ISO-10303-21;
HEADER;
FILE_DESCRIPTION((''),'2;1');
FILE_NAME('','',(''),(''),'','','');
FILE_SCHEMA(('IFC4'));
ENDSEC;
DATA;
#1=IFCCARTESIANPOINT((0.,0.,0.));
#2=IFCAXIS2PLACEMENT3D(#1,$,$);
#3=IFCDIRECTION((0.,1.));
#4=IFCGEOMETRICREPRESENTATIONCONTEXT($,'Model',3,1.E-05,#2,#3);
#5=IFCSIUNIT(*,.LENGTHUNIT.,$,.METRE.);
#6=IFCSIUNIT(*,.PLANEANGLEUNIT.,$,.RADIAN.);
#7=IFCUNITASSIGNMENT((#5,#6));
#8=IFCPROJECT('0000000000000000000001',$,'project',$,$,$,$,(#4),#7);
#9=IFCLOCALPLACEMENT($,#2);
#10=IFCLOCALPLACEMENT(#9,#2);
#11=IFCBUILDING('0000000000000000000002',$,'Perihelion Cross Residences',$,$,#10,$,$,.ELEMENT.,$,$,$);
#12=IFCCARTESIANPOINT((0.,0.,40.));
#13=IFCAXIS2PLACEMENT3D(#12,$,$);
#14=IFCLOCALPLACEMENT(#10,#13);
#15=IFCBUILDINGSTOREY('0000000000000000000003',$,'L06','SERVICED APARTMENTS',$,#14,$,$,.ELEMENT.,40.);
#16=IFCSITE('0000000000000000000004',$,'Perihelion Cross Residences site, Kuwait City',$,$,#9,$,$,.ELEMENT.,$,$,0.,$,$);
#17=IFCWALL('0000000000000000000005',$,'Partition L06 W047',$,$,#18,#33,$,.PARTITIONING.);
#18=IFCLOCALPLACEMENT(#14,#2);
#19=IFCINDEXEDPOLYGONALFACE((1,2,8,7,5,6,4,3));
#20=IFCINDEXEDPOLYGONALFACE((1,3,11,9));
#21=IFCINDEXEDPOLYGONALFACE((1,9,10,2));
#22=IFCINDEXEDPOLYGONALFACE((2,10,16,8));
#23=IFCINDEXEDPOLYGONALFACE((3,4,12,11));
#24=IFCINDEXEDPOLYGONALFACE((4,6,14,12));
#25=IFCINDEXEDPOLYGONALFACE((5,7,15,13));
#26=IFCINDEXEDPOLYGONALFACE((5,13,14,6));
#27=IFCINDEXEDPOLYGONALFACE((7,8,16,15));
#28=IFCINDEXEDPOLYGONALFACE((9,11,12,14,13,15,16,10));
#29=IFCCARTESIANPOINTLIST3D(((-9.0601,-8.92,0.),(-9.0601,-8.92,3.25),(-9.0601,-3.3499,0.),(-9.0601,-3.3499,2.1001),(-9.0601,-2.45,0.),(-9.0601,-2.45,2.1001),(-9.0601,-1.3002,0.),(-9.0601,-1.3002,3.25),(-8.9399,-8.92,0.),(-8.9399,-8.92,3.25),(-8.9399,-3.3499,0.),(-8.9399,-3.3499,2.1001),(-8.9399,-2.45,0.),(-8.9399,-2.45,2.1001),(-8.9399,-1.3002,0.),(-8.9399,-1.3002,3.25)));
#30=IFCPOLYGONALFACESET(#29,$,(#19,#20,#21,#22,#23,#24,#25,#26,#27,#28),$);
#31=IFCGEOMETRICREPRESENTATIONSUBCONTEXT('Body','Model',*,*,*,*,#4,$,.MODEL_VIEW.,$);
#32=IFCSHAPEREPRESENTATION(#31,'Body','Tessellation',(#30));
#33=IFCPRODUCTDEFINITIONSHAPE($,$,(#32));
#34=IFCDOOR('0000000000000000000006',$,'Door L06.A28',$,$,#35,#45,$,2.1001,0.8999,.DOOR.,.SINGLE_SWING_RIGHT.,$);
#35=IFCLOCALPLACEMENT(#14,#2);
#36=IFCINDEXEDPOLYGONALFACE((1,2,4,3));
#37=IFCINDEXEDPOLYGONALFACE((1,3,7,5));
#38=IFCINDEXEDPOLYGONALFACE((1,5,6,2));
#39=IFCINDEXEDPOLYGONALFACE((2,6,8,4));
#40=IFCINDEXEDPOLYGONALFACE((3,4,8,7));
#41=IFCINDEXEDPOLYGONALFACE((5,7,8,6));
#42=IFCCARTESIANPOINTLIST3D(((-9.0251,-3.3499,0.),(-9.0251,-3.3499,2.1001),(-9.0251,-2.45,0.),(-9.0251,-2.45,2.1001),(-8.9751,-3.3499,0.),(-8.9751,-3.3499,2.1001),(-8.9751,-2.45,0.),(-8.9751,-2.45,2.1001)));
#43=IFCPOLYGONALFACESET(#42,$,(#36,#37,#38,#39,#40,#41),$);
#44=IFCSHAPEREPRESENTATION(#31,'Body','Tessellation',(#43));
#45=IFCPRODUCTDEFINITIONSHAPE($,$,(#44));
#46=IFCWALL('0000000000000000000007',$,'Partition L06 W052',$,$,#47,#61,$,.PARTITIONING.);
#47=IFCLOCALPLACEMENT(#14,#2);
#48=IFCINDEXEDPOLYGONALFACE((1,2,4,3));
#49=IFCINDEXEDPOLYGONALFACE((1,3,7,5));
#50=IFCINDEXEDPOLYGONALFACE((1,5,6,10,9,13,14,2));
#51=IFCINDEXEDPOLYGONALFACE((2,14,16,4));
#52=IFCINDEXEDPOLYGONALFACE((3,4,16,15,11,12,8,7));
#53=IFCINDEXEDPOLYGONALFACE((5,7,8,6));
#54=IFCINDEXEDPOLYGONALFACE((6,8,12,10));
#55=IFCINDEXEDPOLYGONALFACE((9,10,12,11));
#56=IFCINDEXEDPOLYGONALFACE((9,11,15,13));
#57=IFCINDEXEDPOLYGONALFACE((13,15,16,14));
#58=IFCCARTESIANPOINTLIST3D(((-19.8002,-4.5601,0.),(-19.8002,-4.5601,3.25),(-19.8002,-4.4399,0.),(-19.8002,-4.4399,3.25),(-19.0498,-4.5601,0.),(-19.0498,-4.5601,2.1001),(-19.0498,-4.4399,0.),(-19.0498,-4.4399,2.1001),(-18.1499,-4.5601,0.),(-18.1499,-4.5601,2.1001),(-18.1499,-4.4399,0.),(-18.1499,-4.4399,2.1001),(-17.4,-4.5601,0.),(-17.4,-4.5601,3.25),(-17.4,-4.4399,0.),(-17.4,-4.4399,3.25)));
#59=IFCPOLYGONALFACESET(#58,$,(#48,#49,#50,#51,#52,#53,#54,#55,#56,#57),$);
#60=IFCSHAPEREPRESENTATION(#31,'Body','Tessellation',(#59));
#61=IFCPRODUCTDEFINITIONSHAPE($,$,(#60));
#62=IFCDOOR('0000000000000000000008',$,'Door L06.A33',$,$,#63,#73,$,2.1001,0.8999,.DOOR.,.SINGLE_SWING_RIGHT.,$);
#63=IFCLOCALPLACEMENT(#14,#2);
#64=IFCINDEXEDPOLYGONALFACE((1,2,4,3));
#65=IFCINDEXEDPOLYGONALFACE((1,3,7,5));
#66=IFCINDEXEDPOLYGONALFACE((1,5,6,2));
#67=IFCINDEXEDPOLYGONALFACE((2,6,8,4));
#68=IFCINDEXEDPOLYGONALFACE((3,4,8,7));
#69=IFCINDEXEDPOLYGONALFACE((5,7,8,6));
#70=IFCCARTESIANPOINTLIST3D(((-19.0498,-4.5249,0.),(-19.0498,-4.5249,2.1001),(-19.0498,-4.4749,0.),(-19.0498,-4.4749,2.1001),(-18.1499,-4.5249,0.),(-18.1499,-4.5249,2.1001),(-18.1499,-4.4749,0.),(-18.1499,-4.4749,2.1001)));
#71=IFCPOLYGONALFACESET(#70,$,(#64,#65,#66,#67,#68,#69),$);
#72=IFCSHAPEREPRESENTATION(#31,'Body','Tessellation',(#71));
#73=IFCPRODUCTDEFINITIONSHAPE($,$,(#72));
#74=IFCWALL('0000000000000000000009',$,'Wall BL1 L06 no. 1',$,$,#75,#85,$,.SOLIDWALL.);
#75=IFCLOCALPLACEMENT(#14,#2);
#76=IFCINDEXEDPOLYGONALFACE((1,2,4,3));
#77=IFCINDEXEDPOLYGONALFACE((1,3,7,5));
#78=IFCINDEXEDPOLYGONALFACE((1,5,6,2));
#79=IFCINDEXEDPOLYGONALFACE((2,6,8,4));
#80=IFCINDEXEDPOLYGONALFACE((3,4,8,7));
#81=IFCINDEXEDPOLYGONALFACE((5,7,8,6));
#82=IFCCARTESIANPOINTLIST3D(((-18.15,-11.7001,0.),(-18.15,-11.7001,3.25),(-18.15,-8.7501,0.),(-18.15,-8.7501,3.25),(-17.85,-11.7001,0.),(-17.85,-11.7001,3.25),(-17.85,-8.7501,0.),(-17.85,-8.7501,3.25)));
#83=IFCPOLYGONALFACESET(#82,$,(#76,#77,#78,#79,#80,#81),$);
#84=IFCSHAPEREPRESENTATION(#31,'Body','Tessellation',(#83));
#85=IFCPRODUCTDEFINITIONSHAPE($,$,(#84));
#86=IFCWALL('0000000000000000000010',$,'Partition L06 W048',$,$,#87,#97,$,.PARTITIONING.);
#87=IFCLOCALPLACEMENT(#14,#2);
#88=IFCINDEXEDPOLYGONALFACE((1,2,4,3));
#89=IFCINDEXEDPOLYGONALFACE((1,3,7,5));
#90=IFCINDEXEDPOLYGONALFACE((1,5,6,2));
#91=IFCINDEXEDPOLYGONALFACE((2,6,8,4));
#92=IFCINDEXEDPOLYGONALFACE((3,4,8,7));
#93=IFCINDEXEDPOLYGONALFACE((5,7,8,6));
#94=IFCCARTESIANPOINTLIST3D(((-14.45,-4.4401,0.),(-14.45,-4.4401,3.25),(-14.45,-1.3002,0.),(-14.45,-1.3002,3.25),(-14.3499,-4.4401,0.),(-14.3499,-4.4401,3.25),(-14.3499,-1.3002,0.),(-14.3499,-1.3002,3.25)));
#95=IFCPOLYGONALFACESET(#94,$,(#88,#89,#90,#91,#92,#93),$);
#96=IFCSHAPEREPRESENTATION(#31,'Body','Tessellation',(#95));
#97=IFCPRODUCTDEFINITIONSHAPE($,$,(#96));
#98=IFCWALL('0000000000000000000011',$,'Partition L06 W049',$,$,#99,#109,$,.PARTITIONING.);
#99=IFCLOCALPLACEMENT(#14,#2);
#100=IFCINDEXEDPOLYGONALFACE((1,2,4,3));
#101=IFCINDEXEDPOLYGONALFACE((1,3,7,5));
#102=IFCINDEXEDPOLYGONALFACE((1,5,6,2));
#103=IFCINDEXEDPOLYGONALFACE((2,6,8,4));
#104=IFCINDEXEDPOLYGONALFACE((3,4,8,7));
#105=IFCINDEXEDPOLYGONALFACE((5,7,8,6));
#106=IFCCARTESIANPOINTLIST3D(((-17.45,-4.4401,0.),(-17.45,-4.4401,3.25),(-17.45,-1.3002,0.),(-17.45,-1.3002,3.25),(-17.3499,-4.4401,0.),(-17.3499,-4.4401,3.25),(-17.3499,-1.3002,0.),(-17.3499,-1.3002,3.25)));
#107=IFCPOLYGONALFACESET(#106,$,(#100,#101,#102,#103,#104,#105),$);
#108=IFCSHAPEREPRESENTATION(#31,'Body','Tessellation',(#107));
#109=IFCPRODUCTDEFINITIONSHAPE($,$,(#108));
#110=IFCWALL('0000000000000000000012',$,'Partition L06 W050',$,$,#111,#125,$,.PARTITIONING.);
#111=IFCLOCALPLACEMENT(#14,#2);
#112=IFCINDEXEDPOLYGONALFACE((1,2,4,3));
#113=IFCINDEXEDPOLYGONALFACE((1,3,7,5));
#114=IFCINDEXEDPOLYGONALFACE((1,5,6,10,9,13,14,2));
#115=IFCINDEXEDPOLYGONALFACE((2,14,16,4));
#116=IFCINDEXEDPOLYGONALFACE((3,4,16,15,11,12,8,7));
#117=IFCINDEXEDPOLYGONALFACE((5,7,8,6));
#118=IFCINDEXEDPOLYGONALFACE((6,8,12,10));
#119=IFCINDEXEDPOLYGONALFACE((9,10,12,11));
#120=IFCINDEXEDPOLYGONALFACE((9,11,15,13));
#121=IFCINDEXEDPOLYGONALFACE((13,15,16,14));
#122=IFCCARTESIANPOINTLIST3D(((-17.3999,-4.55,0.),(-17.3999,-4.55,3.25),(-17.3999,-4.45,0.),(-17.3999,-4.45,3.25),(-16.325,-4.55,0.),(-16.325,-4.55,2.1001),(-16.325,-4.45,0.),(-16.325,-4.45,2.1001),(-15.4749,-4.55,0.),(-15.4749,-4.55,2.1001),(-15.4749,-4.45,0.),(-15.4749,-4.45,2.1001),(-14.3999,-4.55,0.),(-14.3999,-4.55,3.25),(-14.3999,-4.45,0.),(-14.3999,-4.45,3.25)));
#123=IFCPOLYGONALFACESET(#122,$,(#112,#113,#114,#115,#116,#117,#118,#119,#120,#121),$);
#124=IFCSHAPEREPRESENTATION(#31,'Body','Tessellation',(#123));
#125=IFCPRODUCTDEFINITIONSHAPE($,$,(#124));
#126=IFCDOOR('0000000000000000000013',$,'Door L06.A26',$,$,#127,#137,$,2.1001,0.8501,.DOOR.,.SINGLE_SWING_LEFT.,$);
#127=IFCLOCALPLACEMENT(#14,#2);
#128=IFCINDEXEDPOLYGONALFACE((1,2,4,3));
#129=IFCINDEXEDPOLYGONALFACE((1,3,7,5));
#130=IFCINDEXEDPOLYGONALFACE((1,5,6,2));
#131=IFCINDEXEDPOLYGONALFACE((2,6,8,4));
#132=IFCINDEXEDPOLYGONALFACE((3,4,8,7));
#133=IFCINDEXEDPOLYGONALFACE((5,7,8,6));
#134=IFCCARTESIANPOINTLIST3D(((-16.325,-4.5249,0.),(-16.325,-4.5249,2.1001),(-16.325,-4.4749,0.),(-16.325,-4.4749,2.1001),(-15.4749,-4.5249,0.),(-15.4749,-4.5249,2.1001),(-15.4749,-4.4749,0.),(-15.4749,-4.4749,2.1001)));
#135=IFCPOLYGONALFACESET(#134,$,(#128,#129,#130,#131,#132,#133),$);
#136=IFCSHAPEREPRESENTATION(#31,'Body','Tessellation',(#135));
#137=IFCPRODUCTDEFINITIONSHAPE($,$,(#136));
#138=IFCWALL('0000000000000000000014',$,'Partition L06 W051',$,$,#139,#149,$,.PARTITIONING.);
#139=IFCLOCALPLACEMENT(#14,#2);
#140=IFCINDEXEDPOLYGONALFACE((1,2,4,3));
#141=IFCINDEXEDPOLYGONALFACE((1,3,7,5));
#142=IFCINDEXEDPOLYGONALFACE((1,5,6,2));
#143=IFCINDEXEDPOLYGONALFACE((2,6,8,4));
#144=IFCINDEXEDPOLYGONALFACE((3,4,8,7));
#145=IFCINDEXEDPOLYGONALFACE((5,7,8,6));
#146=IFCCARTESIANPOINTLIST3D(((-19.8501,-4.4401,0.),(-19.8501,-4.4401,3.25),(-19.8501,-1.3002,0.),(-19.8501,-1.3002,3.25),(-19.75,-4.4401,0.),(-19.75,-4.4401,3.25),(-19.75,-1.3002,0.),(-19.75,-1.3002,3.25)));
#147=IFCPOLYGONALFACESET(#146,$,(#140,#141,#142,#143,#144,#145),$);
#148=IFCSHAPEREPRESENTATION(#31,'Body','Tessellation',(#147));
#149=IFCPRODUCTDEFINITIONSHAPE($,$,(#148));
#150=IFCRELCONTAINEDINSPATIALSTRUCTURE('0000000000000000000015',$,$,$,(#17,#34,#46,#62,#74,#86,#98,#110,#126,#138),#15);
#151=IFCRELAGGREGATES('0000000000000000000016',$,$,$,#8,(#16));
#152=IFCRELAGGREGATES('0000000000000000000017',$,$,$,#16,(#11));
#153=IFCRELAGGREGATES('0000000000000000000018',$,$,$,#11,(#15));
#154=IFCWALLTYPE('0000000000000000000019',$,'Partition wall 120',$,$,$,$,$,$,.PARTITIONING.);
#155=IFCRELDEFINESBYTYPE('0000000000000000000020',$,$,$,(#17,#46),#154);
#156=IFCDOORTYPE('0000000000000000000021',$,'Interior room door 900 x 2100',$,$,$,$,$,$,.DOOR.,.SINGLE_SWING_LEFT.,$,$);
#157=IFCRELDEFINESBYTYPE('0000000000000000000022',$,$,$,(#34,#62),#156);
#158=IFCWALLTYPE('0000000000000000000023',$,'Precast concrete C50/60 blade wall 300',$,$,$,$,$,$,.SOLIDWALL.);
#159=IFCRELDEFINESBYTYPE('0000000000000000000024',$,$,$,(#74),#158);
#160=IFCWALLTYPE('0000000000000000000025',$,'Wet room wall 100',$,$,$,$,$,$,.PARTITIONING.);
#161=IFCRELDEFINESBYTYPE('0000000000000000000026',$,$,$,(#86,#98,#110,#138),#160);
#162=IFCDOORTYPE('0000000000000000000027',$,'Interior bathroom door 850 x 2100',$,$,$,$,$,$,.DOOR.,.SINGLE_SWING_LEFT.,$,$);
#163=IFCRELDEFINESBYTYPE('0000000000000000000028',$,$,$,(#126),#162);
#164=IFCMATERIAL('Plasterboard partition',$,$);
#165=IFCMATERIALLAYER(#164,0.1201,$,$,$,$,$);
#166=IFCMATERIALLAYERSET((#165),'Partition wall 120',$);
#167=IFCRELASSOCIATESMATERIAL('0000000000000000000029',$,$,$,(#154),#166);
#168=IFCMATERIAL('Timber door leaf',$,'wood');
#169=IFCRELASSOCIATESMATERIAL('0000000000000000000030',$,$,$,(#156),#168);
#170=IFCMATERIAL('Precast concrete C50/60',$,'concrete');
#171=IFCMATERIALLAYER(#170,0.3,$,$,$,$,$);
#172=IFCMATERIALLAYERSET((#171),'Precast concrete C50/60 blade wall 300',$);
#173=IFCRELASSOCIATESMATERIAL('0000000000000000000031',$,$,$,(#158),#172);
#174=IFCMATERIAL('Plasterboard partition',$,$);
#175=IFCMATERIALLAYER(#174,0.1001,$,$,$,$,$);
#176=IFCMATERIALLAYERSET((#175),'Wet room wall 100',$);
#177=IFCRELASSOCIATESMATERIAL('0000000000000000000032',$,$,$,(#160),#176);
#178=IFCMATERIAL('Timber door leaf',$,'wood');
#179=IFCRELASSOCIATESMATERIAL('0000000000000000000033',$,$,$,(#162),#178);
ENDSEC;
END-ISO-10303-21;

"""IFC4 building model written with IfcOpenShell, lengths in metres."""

from ifc_helpers import new_model, si_unit, direction, frame, frame_2d, origin, place, context, subcontext, project, spatial, rectangle, extrude, material, layer, layer_set, type_object, element, fill, save


model = new_model("IFC4")

# Units and contexts
model_context = context("Model", 3, precision=1e-05, world=origin(), true_north=direction((0.0, 1.0)))
body_context = subcontext(model_context, "Body", "Model", "MODEL_VIEW")
ifc_project = project(units=[si_unit("LENGTHUNIT", "METRE"), si_unit("PLANEANGLEUNIT", "RADIAN")], contexts=[model_context])

# Site, building, storey
site_placement = place(None, origin())
site = spatial("IfcSite", under=ifc_project, at=site_placement, Name="Perihelion Cross Residences site, Kuwait City", CompositionType="ELEMENT", RefElevation=0.0)
building_placement = place(site_placement, origin())
building = spatial("IfcBuilding", under=site, at=building_placement, Name="Perihelion Cross Residences", CompositionType="ELEMENT")
storey_placement = place(building_placement, frame((0.0, 0.0, 40.0)))
storey = spatial("IfcBuildingStorey", under=building, at=storey_placement, Name="L06", Description="SERVICED APARTMENTS", CompositionType="ELEMENT", Elevation=40.0)

# Walls, openings, doors
ifc_material_1 = material(Name="Plasterboard partition")
ifc_layer_1 = layer(ifc_material_1, 0.1201)
ifc_layer_set_1 = layer_set([ifc_layer_1], Name="Partition wall 120")
wall_type_1 = type_object("IfcWallType", Name="Partition wall 120", PredefinedType="PARTITIONING", material=ifc_layer_set_1)
ifc_material_2 = material(Name="Timber door leaf", Category="wood")
door_type_1 = type_object("IfcDoorType", Name="Interior room door 900 x 2100", OperationType="SINGLE_SWING_LEFT", PredefinedType="DOOR", material=ifc_material_2)
wall_1_placement = place(storey_placement, frame((-9.0, -1.3, 0.0), z_axis=(0.0, 0.0, 1.0), x_axis=(0.0, -1.0, 0.0)))
wall_1 = element("IfcWall", 1, at=wall_1_placement, inside=storey, type_object=wall_type_1, Name="Partition L06 W047", PredefinedType="PARTITIONING", context=body_context, shape_type="SweptSolid", body=[
    extrude(rectangle(XDim=7.6199, YDim=0.1201, at=frame_2d((3.8101, 0.0))), origin(), (0.0, 0.0, 1.0), 3.25),
])
opening_1_placement = place(wall_1_placement, frame((1.1499, 0.0, 0.0)))
opening_1 = element("IfcOpeningElement", 2, at=opening_1_placement, cuts=wall_1, PredefinedType="OPENING", context=body_context, shape_type="SweptSolid", body=[
    extrude(rectangle(XDim=0.8999, YDim=2.1001, at=frame_2d((0.45, 1.05))), frame((0.0, 0.0701, 0.0), z_axis=(0.0, -1.0, 0.0), x_axis=(1.0, 0.0, 0.0)), (0.0, 0.0, 1.0), 0.1401),
])
door_1_placement = place(opening_1_placement, origin())
door_1 = element("IfcDoor", 3, at=door_1_placement, inside=storey, type_object=door_type_1, Name="Door L06.A28", OperationType="SINGLE_SWING_RIGHT", OverallHeight=2.1001, OverallWidth=0.8999, PredefinedType="DOOR", context=body_context, shape_type="SweptSolid", body=[
    extrude(rectangle(XDim=0.8999, YDim=2.1001, at=frame_2d((0.45, 1.05))), frame((0.0, 0.0249, 0.0), z_axis=(0.0, -1.0, 0.0), x_axis=(1.0, 0.0, 0.0)), (0.0, 0.0, 1.0), 0.05),
])
fill(opening_1, door_1)
wall_2_placement = place(storey_placement, frame((-17.3999, -4.5, 0.0), z_axis=(0.0, 0.0, 1.0), x_axis=(-1.0, 0.0, 0.0)))
wall_2 = element("IfcWall", 4, at=wall_2_placement, inside=storey, type_object=wall_type_1, Name="Partition L06 W052", PredefinedType="PARTITIONING", context=body_context, shape_type="SweptSolid", body=[
    extrude(rectangle(XDim=2.4001, YDim=0.1201, at=frame_2d((1.2002, 0.0))), origin(), (0.0, 0.0, 1.0), 3.25),
])
opening_2_placement = place(wall_2_placement, frame((0.75, 0.0, 0.0)))
opening_2 = element("IfcOpeningElement", 5, at=opening_2_placement, cuts=wall_2, PredefinedType="OPENING", context=body_context, shape_type="SweptSolid", body=[
    extrude(rectangle(XDim=0.8999, YDim=2.1001, at=frame_2d((0.45, 1.05))), frame((0.0, 0.0701, 0.0), z_axis=(0.0, -1.0, 0.0), x_axis=(1.0, 0.0, 0.0)), (0.0, 0.0, 1.0), 0.1401),
])
door_2_placement = place(opening_2_placement, origin())
door_2 = element("IfcDoor", 6, at=door_2_placement, inside=storey, type_object=door_type_1, Name="Door L06.A33", OperationType="SINGLE_SWING_RIGHT", OverallHeight=2.1001, OverallWidth=0.8999, PredefinedType="DOOR", context=body_context, shape_type="SweptSolid", body=[
    extrude(rectangle(XDim=0.8999, YDim=2.1001, at=frame_2d((0.45, 1.05))), frame((0.0, 0.0249, 0.0), z_axis=(0.0, -1.0, 0.0), x_axis=(1.0, 0.0, 0.0)), (0.0, 0.0, 1.0), 0.05),
])
fill(opening_2, door_2)

# Walls
ifc_material_3 = material(Name="Precast concrete C50/60", Category="concrete")
ifc_layer_2 = layer(ifc_material_3, 0.3)
ifc_layer_set_2 = layer_set([ifc_layer_2], Name="Precast concrete C50/60 blade wall 300")
wall_type_2 = type_object("IfcWallType", Name="Precast concrete C50/60 blade wall 300", PredefinedType="SOLIDWALL", material=ifc_layer_set_2)
wall_3_placement = place(storey_placement, frame((-18.0, -8.75, 0.0), z_axis=(0.0, 0.0, 1.0), x_axis=(0.0, -1.0, 0.0)))
element("IfcWall", 7, at=wall_3_placement, inside=storey, type_object=wall_type_2, Name="Wall BL1 L06 no. 1", PredefinedType="SOLIDWALL", context=body_context, shape_type="SweptSolid", body=[
    extrude(rectangle(XDim=2.95, YDim=0.3, at=frame_2d((1.4751, 0.0))), origin(), (0.0, 0.0, 1.0), 3.25),
])
ifc_material_4 = material(Name="Plasterboard partition")
ifc_layer_3 = layer(ifc_material_4, 0.1001)
ifc_layer_set_3 = layer_set([ifc_layer_3], Name="Wet room wall 100")
wall_type_3 = type_object("IfcWallType", Name="Wet room wall 100", PredefinedType="PARTITIONING", material=ifc_layer_set_3)
for number, where, z_axis, x_axis, name in (
    (8, (-14.3999, -4.4399, 0.0), (0.0, 0.0, 1.0), (0.0, 1.0, 0.0), "Partition L06 W048"),
    (9, (-17.3999, -4.4399, 0.0), (0.0, 0.0, 1.0), (0.0, 1.0, 0.0), "Partition L06 W049"),
):
    element("IfcWall", number, at=place(storey_placement, frame(where, z_axis=z_axis, x_axis=x_axis)), inside=storey, type_object=wall_type_3, Name=name, PredefinedType="PARTITIONING", context=body_context, shape_type="SweptSolid", body=[
        extrude(rectangle(XDim=3.1399, YDim=0.1001, at=frame_2d((1.5698, 0.0))), origin(), (0.0, 0.0, 1.0), 3.25),
    ])

# Wall, opening, door
wall_4_placement = place(storey_placement, frame((-14.3999, -4.5, 0.0), z_axis=(0.0, 0.0, 1.0), x_axis=(-1.0, 0.0, 0.0)))
wall_4 = element("IfcWall", 10, at=wall_4_placement, inside=storey, type_object=wall_type_3, Name="Partition L06 W050", PredefinedType="PARTITIONING", context=body_context, shape_type="SweptSolid", body=[
    extrude(rectangle(XDim=3.0, YDim=0.1001, at=frame_2d((1.5, 0.0))), origin(), (0.0, 0.0, 1.0), 3.25),
])
opening_3_placement = place(wall_4_placement, frame((1.075, 0.0, 0.0)))
opening_3 = element("IfcOpeningElement", 11, at=opening_3_placement, cuts=wall_4, PredefinedType="OPENING", context=body_context, shape_type="SweptSolid", body=[
    extrude(rectangle(XDim=0.8501, YDim=2.1001, at=frame_2d((0.425, 1.05))), frame((0.0, 0.0601, 0.0), z_axis=(0.0, -1.0, 0.0), x_axis=(1.0, 0.0, 0.0)), (0.0, 0.0, 1.0), 0.1201),
])
ifc_material_5 = material(Name="Timber door leaf", Category="wood")
door_type_2 = type_object("IfcDoorType", Name="Interior bathroom door 850 x 2100", OperationType="SINGLE_SWING_LEFT", PredefinedType="DOOR", material=ifc_material_5)
door_3_placement = place(opening_3_placement, origin())
door_3 = element("IfcDoor", 12, at=door_3_placement, inside=storey, type_object=door_type_2, Name="Door L06.A26", OperationType="SINGLE_SWING_LEFT", OverallHeight=2.1001, OverallWidth=0.8501, PredefinedType="DOOR", context=body_context, shape_type="SweptSolid", body=[
    extrude(rectangle(XDim=0.8501, YDim=2.1001, at=frame_2d((0.425, 1.05))), frame((0.0, 0.0249, 0.0), z_axis=(0.0, -1.0, 0.0), x_axis=(1.0, 0.0, 0.0)), (0.0, 0.0, 1.0), 0.05),
])
fill(opening_3, door_3)

# Wall
wall_5_placement = place(storey_placement, frame((-19.8, -4.4399, 0.0), z_axis=(0.0, 0.0, 1.0), x_axis=(0.0, 1.0, 0.0)))
element("IfcWall", 13, at=wall_5_placement, inside=storey, type_object=wall_type_3, Name="Partition L06 W051", PredefinedType="PARTITIONING", context=body_context, shape_type="SweptSolid", body=[
    extrude(rectangle(XDim=3.1399, YDim=0.1001, at=frame_2d((1.5698, 0.0))), origin(), (0.0, 0.0, 1.0), 3.25),
])

save(model, "model.ifc")
